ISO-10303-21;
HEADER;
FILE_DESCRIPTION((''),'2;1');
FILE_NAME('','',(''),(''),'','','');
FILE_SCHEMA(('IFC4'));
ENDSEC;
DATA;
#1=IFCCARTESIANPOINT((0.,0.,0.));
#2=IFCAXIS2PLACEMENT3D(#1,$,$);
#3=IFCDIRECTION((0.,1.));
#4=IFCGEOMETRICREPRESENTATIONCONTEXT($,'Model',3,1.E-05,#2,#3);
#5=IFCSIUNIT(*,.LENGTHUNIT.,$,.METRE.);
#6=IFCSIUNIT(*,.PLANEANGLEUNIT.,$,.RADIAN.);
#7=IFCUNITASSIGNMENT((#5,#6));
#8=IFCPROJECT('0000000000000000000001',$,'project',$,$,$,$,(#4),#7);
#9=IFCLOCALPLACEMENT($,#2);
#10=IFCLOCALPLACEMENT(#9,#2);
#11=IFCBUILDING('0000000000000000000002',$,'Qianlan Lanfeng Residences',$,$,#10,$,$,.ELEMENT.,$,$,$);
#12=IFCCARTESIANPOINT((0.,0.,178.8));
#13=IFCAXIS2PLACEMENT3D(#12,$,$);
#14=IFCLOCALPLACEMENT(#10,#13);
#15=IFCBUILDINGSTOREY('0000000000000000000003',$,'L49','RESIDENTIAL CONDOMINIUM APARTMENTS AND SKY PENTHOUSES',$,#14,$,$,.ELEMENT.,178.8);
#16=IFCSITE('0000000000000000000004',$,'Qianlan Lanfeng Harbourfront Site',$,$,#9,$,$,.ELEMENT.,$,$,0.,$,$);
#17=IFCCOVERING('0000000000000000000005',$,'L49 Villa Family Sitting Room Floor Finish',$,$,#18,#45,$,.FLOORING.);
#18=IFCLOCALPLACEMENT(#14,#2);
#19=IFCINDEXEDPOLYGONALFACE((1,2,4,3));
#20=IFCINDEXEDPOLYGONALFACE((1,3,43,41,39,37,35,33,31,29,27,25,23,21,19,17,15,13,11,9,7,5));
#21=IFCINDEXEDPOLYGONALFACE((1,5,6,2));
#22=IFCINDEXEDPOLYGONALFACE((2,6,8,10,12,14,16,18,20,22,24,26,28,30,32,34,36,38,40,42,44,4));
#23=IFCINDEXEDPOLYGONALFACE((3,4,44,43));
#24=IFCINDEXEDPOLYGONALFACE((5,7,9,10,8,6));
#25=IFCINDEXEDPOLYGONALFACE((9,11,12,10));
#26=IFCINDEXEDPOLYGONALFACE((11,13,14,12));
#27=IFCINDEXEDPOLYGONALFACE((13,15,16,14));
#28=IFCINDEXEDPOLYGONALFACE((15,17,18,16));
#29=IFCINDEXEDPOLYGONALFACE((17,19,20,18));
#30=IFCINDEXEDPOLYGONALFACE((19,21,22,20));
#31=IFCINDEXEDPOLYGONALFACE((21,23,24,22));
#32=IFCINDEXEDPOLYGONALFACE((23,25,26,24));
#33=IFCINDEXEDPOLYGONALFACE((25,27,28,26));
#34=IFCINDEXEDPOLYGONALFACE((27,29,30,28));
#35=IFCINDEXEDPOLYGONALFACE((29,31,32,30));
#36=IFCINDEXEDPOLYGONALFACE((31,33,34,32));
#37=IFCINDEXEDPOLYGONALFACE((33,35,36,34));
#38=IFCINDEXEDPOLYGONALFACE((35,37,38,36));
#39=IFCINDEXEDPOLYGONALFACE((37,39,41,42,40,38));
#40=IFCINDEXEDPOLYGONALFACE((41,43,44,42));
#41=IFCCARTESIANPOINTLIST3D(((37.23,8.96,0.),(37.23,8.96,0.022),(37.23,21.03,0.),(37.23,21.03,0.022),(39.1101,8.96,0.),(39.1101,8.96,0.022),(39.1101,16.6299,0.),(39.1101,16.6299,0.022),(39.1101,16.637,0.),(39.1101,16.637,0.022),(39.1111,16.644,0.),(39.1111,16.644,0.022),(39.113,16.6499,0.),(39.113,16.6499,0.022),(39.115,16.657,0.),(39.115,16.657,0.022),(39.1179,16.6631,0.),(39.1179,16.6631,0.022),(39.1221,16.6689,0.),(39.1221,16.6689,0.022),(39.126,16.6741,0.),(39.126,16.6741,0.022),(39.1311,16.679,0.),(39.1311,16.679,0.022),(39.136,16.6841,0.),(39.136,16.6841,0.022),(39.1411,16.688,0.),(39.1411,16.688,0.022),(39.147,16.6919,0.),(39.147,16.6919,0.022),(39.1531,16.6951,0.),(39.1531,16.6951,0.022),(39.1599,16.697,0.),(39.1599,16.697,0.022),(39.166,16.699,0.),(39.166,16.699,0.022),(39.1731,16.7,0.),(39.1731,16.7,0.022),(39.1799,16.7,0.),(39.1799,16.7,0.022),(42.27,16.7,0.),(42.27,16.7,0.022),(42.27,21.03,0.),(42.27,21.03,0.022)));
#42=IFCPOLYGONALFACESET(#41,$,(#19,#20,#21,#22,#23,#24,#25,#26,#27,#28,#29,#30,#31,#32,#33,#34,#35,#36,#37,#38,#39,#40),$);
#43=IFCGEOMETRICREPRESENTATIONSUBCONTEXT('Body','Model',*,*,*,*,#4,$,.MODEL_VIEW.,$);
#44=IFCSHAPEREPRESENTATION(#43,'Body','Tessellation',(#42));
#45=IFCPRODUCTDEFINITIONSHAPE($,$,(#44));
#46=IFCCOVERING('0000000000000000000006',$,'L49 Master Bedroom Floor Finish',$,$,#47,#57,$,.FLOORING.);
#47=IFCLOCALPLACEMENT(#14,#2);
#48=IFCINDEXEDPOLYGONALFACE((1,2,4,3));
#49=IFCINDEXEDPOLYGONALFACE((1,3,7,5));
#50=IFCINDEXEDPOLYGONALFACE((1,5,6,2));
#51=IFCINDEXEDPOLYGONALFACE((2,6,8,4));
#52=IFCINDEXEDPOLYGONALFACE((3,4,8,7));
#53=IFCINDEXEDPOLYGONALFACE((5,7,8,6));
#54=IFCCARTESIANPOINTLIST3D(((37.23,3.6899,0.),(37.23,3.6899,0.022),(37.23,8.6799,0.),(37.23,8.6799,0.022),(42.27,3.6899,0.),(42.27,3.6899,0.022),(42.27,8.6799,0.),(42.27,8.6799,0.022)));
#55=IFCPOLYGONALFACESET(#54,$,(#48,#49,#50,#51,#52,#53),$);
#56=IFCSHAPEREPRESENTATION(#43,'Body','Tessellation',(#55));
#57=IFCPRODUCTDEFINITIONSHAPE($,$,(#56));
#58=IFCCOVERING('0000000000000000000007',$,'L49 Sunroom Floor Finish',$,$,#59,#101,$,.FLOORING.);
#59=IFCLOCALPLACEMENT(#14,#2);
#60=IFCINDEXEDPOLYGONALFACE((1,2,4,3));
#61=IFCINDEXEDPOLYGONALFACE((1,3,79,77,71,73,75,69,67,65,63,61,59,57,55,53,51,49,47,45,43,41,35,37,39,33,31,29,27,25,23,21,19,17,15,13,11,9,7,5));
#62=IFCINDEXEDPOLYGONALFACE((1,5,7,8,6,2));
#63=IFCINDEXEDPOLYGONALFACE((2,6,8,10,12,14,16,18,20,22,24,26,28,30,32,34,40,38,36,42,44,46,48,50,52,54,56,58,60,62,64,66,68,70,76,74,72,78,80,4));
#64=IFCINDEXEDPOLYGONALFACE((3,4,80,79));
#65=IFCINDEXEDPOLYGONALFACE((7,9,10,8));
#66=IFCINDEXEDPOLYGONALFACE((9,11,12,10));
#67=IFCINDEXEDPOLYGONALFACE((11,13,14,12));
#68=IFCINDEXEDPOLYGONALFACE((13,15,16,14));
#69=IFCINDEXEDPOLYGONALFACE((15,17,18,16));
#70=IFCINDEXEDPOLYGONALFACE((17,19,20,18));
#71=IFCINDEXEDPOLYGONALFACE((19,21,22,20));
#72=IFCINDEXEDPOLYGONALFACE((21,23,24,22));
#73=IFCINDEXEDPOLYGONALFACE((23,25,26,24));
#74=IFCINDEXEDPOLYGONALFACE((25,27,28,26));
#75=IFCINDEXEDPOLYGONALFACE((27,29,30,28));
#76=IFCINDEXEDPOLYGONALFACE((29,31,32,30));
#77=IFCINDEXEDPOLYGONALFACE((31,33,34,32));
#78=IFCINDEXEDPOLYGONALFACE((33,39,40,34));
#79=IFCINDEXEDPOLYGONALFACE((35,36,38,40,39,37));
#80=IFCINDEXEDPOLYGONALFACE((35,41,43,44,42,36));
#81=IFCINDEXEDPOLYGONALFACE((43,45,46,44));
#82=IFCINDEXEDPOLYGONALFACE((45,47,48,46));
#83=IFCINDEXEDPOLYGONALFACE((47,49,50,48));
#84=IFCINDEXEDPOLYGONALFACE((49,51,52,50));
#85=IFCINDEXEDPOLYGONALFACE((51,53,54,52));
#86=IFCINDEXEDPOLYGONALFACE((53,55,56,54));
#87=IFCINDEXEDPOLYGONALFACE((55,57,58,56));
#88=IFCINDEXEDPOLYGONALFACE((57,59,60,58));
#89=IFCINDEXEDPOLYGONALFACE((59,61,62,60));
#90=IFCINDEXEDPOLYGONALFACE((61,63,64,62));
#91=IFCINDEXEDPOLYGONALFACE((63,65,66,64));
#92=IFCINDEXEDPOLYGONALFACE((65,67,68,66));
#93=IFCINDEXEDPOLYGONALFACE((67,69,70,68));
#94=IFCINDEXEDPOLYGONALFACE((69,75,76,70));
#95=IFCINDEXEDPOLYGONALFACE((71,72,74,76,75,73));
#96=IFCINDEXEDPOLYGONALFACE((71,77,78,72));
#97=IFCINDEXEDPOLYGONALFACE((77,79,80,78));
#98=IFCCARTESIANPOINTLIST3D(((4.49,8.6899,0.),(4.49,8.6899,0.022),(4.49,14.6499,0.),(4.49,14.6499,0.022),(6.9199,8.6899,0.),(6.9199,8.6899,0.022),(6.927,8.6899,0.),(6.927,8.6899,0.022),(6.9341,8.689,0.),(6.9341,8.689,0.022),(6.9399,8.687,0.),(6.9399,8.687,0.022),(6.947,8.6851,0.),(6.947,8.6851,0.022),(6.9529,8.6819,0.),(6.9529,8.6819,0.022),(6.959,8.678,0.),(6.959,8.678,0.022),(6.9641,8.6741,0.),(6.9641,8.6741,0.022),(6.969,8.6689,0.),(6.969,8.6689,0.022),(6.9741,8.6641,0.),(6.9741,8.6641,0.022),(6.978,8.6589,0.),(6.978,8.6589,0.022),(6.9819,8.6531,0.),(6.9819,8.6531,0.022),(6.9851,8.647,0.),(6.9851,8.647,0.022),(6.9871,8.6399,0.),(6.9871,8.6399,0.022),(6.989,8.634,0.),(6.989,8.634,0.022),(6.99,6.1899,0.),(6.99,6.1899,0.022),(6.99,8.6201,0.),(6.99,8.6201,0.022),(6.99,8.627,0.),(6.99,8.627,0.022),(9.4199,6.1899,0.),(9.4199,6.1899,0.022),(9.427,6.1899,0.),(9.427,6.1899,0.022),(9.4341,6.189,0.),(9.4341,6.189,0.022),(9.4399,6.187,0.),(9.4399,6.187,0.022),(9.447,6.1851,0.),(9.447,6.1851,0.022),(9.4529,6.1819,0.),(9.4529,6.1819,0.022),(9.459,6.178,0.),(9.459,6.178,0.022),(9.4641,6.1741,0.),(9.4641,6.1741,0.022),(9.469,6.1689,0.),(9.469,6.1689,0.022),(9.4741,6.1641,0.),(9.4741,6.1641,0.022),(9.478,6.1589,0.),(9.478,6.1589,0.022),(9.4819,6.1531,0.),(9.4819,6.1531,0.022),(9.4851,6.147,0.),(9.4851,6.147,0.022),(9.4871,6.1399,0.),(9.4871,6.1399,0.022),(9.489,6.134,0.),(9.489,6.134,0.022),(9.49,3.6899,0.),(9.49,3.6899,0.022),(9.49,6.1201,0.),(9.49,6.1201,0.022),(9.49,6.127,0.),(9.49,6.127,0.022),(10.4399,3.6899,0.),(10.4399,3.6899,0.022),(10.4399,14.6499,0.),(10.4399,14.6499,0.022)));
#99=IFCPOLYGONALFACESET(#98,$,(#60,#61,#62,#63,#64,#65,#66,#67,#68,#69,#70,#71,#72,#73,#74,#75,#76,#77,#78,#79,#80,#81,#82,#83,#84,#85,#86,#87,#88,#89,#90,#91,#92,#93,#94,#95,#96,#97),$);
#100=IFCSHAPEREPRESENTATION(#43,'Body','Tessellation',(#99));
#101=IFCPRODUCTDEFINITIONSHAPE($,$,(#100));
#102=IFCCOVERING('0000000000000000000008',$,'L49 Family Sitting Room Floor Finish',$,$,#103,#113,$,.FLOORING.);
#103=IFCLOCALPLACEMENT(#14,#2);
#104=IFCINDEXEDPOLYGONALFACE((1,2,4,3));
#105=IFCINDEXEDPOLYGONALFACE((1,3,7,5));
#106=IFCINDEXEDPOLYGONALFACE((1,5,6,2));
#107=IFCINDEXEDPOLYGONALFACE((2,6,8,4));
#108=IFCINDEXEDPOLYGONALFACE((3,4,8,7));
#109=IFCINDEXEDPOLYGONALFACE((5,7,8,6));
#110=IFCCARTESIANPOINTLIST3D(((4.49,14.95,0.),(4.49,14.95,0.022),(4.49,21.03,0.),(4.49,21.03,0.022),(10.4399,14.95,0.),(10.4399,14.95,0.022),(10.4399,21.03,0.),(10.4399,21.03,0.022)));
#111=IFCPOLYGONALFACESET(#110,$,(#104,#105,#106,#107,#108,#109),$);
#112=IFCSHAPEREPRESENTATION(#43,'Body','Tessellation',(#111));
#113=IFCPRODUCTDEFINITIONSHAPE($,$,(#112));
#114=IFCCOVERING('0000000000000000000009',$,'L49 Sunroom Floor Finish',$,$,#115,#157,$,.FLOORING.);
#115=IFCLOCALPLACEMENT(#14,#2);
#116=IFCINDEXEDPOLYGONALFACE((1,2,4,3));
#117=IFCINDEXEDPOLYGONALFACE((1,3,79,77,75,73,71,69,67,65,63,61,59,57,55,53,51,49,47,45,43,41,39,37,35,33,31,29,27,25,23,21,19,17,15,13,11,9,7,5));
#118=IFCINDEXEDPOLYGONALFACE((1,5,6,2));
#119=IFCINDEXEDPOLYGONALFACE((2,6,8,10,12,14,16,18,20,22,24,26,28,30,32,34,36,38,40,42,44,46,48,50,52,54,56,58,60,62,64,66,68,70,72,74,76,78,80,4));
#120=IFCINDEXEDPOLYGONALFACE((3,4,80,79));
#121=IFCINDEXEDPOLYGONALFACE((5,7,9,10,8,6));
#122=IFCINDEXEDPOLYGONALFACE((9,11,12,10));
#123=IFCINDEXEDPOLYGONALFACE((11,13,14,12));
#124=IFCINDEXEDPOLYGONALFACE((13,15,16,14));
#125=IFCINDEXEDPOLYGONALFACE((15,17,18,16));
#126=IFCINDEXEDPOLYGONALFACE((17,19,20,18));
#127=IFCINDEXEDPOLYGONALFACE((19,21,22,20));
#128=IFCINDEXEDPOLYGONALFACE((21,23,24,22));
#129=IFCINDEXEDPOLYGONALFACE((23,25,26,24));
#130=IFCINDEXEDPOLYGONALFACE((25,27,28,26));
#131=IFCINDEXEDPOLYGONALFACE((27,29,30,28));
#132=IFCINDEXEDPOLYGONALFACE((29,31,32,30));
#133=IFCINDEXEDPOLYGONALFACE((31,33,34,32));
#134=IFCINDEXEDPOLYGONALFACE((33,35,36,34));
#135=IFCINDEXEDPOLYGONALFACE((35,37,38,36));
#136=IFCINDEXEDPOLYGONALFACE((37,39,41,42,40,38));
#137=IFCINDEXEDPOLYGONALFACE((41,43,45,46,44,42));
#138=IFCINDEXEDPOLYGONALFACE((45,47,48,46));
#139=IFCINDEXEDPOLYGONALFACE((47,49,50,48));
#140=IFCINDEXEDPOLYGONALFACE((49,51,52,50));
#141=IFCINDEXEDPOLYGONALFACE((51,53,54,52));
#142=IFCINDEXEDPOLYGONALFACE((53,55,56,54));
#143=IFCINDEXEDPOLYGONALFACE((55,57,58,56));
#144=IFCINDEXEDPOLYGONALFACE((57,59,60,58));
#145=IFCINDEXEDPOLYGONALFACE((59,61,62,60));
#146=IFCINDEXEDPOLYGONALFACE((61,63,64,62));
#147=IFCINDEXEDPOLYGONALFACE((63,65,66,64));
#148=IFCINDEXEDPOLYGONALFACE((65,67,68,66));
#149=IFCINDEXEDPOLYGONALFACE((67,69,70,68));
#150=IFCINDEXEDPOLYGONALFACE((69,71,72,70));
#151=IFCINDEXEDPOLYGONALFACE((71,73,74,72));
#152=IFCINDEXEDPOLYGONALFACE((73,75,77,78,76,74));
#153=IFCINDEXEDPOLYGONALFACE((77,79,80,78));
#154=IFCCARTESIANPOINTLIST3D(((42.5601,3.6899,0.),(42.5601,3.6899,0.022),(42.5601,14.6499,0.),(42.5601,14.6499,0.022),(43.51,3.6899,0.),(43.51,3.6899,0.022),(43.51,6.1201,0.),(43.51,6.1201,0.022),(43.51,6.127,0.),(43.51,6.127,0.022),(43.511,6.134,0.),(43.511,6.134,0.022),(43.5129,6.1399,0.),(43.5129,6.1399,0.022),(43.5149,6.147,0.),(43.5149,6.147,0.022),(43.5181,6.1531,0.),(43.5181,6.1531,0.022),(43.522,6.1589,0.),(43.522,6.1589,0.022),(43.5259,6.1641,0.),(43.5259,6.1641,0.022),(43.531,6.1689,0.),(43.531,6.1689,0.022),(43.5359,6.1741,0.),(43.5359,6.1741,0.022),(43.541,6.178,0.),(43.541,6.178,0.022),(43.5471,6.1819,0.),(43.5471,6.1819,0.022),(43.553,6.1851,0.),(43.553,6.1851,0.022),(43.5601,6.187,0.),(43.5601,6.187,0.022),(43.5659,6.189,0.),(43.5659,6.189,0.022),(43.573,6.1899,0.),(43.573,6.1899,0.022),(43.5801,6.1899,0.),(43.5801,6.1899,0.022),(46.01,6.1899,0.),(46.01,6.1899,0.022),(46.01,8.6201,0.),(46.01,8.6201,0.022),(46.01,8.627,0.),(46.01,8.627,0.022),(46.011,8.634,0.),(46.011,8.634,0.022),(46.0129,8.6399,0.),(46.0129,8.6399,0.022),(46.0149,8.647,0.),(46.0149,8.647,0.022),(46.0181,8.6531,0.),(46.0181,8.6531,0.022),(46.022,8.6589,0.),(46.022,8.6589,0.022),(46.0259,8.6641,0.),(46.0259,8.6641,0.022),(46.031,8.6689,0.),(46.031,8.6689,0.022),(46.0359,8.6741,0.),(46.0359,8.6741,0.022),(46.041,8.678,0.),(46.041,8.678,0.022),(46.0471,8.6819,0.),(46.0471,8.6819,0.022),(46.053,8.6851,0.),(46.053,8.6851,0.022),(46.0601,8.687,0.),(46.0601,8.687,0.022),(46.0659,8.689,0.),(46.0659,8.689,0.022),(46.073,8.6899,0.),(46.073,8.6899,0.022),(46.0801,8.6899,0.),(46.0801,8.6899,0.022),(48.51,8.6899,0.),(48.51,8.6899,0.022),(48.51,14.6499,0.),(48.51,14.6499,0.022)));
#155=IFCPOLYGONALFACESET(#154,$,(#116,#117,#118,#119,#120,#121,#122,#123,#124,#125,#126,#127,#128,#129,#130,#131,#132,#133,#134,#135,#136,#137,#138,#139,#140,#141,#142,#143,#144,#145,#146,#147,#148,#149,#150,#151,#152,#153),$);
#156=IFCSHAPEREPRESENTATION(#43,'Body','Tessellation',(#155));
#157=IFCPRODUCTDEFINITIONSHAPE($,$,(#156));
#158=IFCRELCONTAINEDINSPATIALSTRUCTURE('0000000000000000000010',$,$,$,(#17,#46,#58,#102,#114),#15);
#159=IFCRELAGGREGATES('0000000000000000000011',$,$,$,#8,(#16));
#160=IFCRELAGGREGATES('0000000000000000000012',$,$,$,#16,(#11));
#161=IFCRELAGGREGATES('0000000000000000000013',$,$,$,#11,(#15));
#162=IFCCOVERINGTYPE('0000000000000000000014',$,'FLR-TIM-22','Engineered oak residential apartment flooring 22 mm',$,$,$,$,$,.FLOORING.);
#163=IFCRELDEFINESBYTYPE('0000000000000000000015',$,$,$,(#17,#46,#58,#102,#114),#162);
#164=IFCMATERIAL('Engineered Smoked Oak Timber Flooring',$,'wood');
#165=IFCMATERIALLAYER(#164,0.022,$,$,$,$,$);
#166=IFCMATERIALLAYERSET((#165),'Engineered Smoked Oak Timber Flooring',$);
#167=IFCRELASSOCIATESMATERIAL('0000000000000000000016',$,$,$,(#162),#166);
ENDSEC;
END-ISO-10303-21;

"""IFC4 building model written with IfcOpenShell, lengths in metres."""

from ifc_helpers import new_model, si_unit, direction, frame, origin, place, context, subcontext, project, spatial, polyline, outline, extrude, material, layer, layer_set, type_object, element, save


model = new_model("IFC4")

# Units and contexts
model_context = context("Model", 3, precision=1e-05, world=origin(), true_north=direction((0.0, 1.0)))
body_context = subcontext(model_context, "Body", "Model", "MODEL_VIEW")
ifc_project = project(units=[si_unit("LENGTHUNIT", "METRE"), si_unit("PLANEANGLEUNIT", "RADIAN")], contexts=[model_context])

# Site, building, storey
site_placement = place(None, origin())
site = spatial("IfcSite", under=ifc_project, at=site_placement, Name="Qianlan Lanfeng Harbourfront Site", CompositionType="ELEMENT", RefElevation=0.0)
building_placement = place(site_placement, origin())
building = spatial("IfcBuilding", under=site, at=building_placement, Name="Qianlan Lanfeng Residences", CompositionType="ELEMENT")
storey_placement = place(building_placement, frame((0.0, 0.0, 178.8)))
storey = spatial("IfcBuildingStorey", under=building, at=storey_placement, Name="L49", Description="RESIDENTIAL CONDOMINIUM APARTMENTS AND SKY PENTHOUSES", CompositionType="ELEMENT", Elevation=178.8)

# Coverings
ifc_material_1 = material(Name="Engineered Smoked Oak Timber Flooring", Category="wood")
ifc_layer_1 = layer(ifc_material_1, 0.022)
ifc_layer_set_1 = layer_set([ifc_layer_1], Name="Engineered Smoked Oak Timber Flooring")
covering_type_1 = type_object("IfcCoveringType", Name="FLR-TIM-22", Description="Engineered oak residential apartment flooring 22 mm", PredefinedType="FLOORING", material=ifc_layer_set_1)
covering_1_placement = place(storey_placement, origin())
element("IfcCovering", 1, at=covering_1_placement, inside=storey, type_object=covering_type_1, Name="L49 Villa Family Sitting Room Floor Finish", PredefinedType="FLOORING", context=body_context, shape_type="SweptSolid", body=[
    extrude(outline(polyline([(37.23, 8.96), (39.1101, 8.96), (39.1101, 16.6299), (39.1101, 16.637), (39.1111, 16.644), (39.113, 16.6499), (39.115, 16.657), (39.1179, 16.6631), (39.1221, 16.6689), (39.126, 16.6741), (39.1311, 16.679), (39.136, 16.6841), (39.1411, 16.688), (39.147, 16.6919), (39.1531, 16.6951), (39.1599, 16.697), (39.166, 16.699), (39.1731, 16.7), (39.1799, 16.7), (42.27, 16.7), (42.27, 21.03), (37.23, 21.03), (37.23, 8.96)])), origin(), (0.0, 0.0, 1.0), 0.022),
])
covering_2_placement = place(storey_placement, origin())
element("IfcCovering", 2, at=covering_2_placement, inside=storey, type_object=covering_type_1, Name="L49 Master Bedroom Floor Finish", PredefinedType="FLOORING", context=body_context, shape_type="SweptSolid", body=[
    extrude(outline(polyline([(37.23, 8.6799), (37.23, 3.6899), (42.27, 3.6899), (42.27, 8.6799), (37.23, 8.6799)])), origin(), (0.0, 0.0, 1.0), 0.022),
])
covering_3_placement = place(storey_placement, origin())
element("IfcCovering", 3, at=covering_3_placement, inside=storey, type_object=covering_type_1, Name="L49 Sunroom Floor Finish", PredefinedType="FLOORING", context=body_context, shape_type="SweptSolid", body=[
    extrude(outline(polyline([(10.4399, 14.6499), (4.49, 14.6499), (4.49, 8.6899), (6.9199, 8.6899), (6.927, 8.6899), (6.9341, 8.689), (6.9399, 8.687), (6.947, 8.6851), (6.9529, 8.6819), (6.959, 8.678), (6.9641, 8.6741), (6.969, 8.6689), (6.9741, 8.6641), (6.978, 8.6589), (6.9819, 8.6531), (6.9851, 8.647), (6.9871, 8.6399), (6.989, 8.634), (6.99, 8.627), (6.99, 8.6201), (6.99, 6.1899), (9.4199, 6.1899), (9.427, 6.1899), (9.4341, 6.189), (9.4399, 6.187), (9.447, 6.1851), (9.4529, 6.1819), (9.459, 6.178), (9.4641, 6.1741), (9.469, 6.1689), (9.4741, 6.1641), (9.478, 6.1589), (9.4819, 6.1531), (9.4851, 6.147), (9.4871, 6.1399), (9.489, 6.134), (9.49, 6.127), (9.49, 6.1201), (9.49, 3.6899), (10.4399, 3.6899), (10.4399, 14.6499)])), origin(), (0.0, 0.0, 1.0), 0.022),
])
covering_4_placement = place(storey_placement, origin())
element("IfcCovering", 4, at=covering_4_placement, inside=storey, type_object=covering_type_1, Name="L49 Family Sitting Room Floor Finish", PredefinedType="FLOORING", context=body_context, shape_type="SweptSolid", body=[
    extrude(outline(polyline([(10.4399, 21.03), (4.49, 21.03), (4.49, 14.95), (10.4399, 14.95), (10.4399, 21.03)])), origin(), (0.0, 0.0, 1.0), 0.022),
])
covering_5_placement = place(storey_placement, origin())
element("IfcCovering", 5, at=covering_5_placement, inside=storey, type_object=covering_type_1, Name="L49 Sunroom Floor Finish", PredefinedType="FLOORING", context=body_context, shape_type="SweptSolid", body=[
    extrude(outline(polyline([(48.51, 14.6499), (42.5601, 14.6499), (42.5601, 3.6899), (43.51, 3.6899), (43.51, 6.1201), (43.51, 6.127), (43.511, 6.134), (43.5129, 6.1399), (43.5149, 6.147), (43.5181, 6.1531), (43.522, 6.1589), (43.5259, 6.1641), (43.531, 6.1689), (43.5359, 6.1741), (43.541, 6.178), (43.5471, 6.1819), (43.553, 6.1851), (43.5601, 6.187), (43.5659, 6.189), (43.573, 6.1899), (43.5801, 6.1899), (46.01, 6.1899), (46.01, 8.6201), (46.01, 8.627), (46.011, 8.634), (46.0129, 8.6399), (46.0149, 8.647), (46.0181, 8.6531), (46.022, 8.6589), (46.0259, 8.6641), (46.031, 8.6689), (46.0359, 8.6741), (46.041, 8.678), (46.0471, 8.6819), (46.053, 8.6851), (46.0601, 8.687), (46.0659, 8.689), (46.073, 8.6899), (46.0801, 8.6899), (48.51, 8.6899), (48.51, 14.6499)])), origin(), (0.0, 0.0, 1.0), 0.022),
])

save(model, "model.ifc")
